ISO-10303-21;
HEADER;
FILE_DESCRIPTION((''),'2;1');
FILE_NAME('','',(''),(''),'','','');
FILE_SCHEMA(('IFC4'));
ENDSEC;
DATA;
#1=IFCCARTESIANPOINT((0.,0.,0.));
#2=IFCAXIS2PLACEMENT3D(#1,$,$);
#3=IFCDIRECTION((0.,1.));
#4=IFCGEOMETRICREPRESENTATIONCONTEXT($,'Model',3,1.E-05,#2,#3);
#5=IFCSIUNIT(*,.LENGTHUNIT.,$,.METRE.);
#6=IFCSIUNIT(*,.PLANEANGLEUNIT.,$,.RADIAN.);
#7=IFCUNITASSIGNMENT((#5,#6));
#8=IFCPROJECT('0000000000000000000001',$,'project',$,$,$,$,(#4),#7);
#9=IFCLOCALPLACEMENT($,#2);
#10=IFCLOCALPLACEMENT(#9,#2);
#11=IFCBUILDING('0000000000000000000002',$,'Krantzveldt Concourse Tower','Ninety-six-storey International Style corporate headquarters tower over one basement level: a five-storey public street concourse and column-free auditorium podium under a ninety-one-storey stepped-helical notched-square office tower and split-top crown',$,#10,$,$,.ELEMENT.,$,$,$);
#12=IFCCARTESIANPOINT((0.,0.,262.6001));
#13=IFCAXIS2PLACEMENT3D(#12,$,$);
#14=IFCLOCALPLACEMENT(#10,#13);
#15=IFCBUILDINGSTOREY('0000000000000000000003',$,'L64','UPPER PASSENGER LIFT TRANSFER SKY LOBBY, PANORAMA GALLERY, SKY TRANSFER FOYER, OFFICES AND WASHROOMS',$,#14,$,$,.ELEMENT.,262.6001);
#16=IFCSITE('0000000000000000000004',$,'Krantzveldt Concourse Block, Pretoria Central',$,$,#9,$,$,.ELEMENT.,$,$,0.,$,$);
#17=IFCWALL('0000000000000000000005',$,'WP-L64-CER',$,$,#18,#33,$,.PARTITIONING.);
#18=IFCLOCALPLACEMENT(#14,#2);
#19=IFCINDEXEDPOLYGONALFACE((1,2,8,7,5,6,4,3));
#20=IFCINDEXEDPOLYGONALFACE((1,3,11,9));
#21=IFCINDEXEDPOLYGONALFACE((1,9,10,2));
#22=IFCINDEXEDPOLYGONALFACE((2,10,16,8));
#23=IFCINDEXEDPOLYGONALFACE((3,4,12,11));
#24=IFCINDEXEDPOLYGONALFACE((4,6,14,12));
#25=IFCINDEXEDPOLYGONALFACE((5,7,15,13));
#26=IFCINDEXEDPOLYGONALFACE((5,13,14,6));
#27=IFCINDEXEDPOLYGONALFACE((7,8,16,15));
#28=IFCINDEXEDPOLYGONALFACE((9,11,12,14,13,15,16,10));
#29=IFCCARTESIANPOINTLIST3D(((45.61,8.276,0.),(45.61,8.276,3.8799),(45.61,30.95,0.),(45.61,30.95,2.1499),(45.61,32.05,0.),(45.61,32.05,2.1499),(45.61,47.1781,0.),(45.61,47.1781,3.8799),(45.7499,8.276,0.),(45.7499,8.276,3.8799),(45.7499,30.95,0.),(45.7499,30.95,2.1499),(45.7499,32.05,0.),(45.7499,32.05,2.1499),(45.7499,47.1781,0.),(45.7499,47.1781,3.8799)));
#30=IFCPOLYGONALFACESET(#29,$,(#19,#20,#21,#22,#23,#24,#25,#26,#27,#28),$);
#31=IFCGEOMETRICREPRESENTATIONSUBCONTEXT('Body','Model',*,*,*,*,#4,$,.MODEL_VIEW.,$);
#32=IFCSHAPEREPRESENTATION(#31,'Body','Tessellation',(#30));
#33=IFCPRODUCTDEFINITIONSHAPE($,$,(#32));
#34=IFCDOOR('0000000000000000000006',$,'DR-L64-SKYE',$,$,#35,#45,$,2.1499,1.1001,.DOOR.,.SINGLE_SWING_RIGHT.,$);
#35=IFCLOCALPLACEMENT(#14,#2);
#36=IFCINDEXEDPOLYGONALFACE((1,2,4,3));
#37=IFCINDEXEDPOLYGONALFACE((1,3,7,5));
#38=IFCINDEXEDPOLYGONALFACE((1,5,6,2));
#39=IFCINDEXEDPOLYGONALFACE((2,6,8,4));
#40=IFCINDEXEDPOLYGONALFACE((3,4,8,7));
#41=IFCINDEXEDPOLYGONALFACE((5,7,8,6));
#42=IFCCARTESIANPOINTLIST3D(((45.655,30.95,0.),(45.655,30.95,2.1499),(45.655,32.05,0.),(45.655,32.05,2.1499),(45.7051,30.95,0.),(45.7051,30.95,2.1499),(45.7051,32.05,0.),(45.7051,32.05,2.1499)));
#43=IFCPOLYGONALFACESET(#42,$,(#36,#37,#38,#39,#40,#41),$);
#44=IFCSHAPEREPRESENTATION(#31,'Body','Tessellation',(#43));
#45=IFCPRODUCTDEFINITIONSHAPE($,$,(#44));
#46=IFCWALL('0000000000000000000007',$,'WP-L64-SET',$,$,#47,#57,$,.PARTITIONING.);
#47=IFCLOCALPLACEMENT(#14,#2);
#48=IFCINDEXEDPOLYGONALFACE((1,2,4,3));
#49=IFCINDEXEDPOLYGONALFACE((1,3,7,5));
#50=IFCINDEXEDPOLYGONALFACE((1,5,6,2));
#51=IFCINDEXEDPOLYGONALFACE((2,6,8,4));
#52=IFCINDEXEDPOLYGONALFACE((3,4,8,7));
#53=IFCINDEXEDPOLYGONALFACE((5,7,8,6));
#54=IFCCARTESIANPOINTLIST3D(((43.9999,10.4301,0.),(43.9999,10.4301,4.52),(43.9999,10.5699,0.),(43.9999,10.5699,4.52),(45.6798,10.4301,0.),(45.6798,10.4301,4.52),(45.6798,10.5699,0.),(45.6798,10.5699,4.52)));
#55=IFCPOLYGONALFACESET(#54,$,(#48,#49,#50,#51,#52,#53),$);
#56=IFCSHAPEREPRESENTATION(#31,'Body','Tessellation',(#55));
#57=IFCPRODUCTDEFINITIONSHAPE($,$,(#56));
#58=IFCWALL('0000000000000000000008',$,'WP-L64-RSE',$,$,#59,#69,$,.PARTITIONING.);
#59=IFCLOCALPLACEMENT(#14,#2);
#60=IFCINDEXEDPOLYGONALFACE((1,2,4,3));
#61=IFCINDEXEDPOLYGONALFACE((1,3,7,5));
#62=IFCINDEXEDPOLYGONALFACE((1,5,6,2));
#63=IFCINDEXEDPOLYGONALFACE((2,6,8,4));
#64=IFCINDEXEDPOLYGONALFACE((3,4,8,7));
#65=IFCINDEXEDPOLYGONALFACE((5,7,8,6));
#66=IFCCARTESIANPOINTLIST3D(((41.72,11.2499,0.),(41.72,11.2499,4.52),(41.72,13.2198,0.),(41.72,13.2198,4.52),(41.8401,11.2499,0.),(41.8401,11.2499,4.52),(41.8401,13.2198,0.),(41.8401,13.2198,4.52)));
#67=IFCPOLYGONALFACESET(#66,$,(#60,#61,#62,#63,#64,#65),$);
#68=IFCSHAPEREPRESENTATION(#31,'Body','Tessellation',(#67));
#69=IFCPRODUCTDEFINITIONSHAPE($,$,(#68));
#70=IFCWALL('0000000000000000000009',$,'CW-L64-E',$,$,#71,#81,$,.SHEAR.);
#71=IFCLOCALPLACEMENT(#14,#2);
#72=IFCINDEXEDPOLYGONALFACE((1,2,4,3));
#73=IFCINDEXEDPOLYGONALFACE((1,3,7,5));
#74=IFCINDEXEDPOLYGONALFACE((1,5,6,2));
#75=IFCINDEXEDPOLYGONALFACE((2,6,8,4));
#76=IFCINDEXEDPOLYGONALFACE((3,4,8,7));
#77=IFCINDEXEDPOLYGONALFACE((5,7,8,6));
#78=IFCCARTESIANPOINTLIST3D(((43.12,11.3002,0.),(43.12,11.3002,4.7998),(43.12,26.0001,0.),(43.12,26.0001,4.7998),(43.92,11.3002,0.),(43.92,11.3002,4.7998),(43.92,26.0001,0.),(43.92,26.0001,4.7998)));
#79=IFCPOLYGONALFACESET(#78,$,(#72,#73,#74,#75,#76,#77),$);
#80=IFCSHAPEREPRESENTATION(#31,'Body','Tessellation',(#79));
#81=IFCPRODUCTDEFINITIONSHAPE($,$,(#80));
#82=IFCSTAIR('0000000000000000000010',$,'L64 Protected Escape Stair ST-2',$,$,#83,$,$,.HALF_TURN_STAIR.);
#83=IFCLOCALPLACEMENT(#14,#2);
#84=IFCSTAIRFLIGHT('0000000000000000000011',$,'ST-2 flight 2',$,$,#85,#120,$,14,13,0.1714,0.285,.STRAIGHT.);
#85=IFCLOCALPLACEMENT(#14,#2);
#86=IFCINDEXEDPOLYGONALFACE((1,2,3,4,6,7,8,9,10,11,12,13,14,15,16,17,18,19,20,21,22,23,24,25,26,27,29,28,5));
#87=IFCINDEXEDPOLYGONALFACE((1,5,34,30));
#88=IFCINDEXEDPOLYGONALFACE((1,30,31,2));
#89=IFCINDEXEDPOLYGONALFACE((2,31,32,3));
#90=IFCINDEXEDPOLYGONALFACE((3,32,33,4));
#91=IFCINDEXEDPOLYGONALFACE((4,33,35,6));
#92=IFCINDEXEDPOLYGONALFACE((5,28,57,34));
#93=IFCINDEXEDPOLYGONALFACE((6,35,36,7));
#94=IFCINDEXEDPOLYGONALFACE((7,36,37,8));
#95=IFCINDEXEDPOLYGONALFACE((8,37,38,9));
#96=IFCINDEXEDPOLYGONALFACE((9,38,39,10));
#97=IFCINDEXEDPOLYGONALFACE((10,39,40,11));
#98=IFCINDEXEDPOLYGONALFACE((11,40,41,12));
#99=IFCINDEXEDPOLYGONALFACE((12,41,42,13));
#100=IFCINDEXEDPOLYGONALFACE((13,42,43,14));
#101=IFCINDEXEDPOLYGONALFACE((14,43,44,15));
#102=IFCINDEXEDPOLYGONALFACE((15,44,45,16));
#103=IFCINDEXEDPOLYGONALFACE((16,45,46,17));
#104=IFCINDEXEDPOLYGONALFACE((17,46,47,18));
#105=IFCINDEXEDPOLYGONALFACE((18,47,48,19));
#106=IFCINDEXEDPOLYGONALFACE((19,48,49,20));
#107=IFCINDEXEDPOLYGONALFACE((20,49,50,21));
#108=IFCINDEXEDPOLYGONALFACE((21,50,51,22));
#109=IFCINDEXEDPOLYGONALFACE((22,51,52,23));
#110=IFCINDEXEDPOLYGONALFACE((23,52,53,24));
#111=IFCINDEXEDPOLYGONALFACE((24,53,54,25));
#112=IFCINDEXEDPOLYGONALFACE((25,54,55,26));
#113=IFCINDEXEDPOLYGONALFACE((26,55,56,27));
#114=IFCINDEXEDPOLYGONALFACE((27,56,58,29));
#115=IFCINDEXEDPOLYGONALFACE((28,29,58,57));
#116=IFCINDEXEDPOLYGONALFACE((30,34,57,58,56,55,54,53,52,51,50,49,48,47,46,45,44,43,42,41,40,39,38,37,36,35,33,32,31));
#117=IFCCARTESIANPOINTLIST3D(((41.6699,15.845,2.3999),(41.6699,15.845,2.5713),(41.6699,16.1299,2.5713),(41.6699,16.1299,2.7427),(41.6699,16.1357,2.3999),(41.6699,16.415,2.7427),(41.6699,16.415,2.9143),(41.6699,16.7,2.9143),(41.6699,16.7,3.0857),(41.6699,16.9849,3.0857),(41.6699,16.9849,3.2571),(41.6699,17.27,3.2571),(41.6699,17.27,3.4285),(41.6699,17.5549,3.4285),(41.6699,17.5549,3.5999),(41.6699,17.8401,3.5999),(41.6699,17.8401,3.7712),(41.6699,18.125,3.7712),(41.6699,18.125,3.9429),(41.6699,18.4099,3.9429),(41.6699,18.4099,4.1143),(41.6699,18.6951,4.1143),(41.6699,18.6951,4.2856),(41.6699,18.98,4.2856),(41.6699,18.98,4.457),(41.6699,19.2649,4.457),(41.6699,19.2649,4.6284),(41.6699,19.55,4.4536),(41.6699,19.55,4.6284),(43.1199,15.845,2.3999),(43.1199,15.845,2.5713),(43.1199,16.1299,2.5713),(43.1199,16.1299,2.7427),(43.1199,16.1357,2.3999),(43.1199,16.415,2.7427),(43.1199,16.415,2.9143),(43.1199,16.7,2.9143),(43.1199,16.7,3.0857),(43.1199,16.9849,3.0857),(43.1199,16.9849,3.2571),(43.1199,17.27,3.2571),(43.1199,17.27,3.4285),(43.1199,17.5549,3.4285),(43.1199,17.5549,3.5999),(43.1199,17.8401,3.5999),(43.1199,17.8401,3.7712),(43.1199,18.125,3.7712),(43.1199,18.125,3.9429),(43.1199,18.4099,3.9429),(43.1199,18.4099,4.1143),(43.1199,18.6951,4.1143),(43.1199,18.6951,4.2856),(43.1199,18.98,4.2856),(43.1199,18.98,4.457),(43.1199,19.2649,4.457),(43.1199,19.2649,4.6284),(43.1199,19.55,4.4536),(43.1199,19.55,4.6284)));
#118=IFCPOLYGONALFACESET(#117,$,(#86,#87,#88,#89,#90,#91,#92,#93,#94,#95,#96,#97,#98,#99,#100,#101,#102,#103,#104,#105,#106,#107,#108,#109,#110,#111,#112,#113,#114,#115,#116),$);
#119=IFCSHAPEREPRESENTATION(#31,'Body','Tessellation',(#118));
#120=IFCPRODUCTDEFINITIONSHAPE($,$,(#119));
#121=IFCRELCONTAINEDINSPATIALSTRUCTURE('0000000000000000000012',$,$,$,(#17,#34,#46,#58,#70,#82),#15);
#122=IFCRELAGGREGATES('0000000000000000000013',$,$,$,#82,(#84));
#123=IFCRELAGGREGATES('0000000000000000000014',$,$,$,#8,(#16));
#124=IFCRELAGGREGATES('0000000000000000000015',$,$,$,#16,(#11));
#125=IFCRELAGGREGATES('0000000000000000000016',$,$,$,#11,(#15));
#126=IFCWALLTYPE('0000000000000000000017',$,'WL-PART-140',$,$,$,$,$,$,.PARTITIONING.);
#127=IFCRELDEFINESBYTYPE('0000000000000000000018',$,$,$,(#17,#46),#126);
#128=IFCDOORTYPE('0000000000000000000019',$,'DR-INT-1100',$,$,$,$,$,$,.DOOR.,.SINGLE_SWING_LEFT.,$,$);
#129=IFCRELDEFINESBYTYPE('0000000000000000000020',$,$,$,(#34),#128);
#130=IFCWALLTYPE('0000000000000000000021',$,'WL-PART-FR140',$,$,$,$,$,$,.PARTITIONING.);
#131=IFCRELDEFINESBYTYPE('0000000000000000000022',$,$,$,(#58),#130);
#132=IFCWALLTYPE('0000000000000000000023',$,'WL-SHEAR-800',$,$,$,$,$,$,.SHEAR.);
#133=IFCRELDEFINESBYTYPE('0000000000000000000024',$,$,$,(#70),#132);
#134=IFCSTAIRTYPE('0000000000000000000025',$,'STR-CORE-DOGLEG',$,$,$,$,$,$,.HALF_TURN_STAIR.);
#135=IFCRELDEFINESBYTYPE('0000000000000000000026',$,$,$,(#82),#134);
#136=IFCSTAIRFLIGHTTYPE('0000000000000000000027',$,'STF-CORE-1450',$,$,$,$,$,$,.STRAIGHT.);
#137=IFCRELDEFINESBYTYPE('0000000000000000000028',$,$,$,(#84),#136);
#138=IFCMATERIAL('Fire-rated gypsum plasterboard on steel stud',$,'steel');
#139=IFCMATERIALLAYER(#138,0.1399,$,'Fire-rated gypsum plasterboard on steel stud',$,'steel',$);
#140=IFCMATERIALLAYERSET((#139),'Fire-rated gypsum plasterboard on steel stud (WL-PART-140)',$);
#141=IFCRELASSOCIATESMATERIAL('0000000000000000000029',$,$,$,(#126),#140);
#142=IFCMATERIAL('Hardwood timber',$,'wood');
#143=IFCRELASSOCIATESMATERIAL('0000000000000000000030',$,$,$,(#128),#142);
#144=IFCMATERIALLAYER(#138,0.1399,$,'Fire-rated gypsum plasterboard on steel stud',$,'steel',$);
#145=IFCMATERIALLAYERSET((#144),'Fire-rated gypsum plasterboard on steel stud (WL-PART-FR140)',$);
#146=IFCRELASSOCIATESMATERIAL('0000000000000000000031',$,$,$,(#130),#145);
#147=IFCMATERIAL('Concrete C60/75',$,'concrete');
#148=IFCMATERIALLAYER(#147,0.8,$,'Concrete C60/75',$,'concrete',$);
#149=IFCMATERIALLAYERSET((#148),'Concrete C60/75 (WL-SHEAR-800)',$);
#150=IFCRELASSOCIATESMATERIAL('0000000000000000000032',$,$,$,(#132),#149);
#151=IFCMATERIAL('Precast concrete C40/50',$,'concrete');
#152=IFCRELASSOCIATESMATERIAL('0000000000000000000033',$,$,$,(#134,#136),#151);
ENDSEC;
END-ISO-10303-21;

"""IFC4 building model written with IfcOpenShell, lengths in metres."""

from ifc_helpers import new_model, si_unit, direction, frame, frame_2d, origin, place, context, subcontext, project, spatial, polyline, rectangle, outline, extrude, material, layer, layer_set, type_object, element, fill, aggregate, save


model = new_model("IFC4")

# Units and contexts
model_context = context("Model", 3, precision=1e-05, world=origin(), true_north=direction((0.0, 1.0)))
body_context = subcontext(model_context, "Body", "Model", "MODEL_VIEW")
ifc_project = project(units=[si_unit("LENGTHUNIT", "METRE"), si_unit("PLANEANGLEUNIT", "RADIAN")], contexts=[model_context])

# Site, building, storey
site_placement = place(None, origin())
site = spatial("IfcSite", under=ifc_project, at=site_placement, Name="Krantzveldt Concourse Block, Pretoria Central", CompositionType="ELEMENT", RefElevation=0.0)
building_placement = place(site_placement, origin())
building = spatial("IfcBuilding", under=site, at=building_placement, Name="Krantzveldt Concourse Tower", Description="Ninety-six-storey International Style corporate headquarters tower over one basement level: a five-storey public street concourse and column-free auditorium podium under a ninety-one-storey stepped-helical notched-square office tower and split-top crown", CompositionType="ELEMENT")
storey_placement = place(building_placement, frame((0.0, 0.0, 262.6001)))
storey = spatial("IfcBuildingStorey", under=building, at=storey_placement, Name="L64", Description="UPPER PASSENGER LIFT TRANSFER SKY LOBBY, PANORAMA GALLERY, SKY TRANSFER FOYER, OFFICES AND WASHROOMS", CompositionType="ELEMENT", Elevation=262.6001)

# Wall, opening, door
ifc_material_1 = material(Name="Fire-rated gypsum plasterboard on steel stud", Category="steel")
ifc_layer_1 = layer(ifc_material_1, 0.1399, Name="Fire-rated gypsum plasterboard on steel stud", Category="steel")
ifc_layer_set_1 = layer_set([ifc_layer_1], Name="Fire-rated gypsum plasterboard on steel stud (WL-PART-140)")
wall_type_1 = type_object("IfcWallType", Name="WL-PART-140", PredefinedType="PARTITIONING", material=ifc_layer_set_1)
wall_1_placement = place(storey_placement, frame((45.6799, 8.2759, 0.0), z_axis=(0.0, 0.0, 1.0), x_axis=(0.0, 1.0, 0.0)))
wall_1 = element("IfcWall", 1, at=wall_1_placement, inside=storey, type_object=wall_type_1, Name="WP-L64-CER", PredefinedType="PARTITIONING", context=body_context, shape_type="SweptSolid", body=[
    extrude(rectangle(XDim=38.9021, YDim=0.1399, at=frame_2d((19.4512, 0.0))), origin(), (0.0, 0.0, 1.0), 3.8799),
])
opening_placement = place(wall_1_placement, frame((22.6741, 0.0, 0.0)))
opening = element("IfcOpeningElement", 2, at=opening_placement, cuts=wall_1, PredefinedType="OPENING", context=body_context, shape_type="SweptSolid", body=[
    extrude(rectangle(XDim=1.1001, YDim=2.1499, at=frame_2d((0.55, 1.075))), frame((0.0, 0.0801, 0.0), z_axis=(0.0, -1.0, 0.0), x_axis=(1.0, 0.0, 0.0)), (0.0, 0.0, 1.0), 0.1599),
])
ifc_material_2 = material(Name="Hardwood timber", Category="wood")
door_type = type_object("IfcDoorType", Name="DR-INT-1100", OperationType="SINGLE_SWING_LEFT", PredefinedType="DOOR", material=ifc_material_2)
door_placement = place(opening_placement, origin())
door = element("IfcDoor", 3, at=door_placement, inside=storey, type_object=door_type, Name="DR-L64-SKYE", OperationType="SINGLE_SWING_RIGHT", OverallHeight=2.1499, OverallWidth=1.1001, PredefinedType="DOOR", context=body_context, shape_type="SweptSolid", body=[
    extrude(rectangle(XDim=1.1001, YDim=2.1499, at=frame_2d((0.55, 1.075))), frame((0.0, 0.0249, 0.0), z_axis=(0.0, -1.0, 0.0), x_axis=(1.0, 0.0, 0.0)), (0.0, 0.0, 1.0), 0.05),
])
fill(opening, door)

# Walls
wall_2_placement = place(storey_placement, frame((44.0, 10.5, 0.0), z_axis=(0.0, 0.0, 1.0), x_axis=(1.0, 0.0, 0.0)))
element("IfcWall", 4, at=wall_2_placement, inside=storey, type_object=wall_type_1, Name="WP-L64-SET", PredefinedType="PARTITIONING", context=body_context, shape_type="SweptSolid", body=[
    extrude(rectangle(XDim=1.6799, YDim=0.1399, at=frame_2d((0.8398, 0.0))), origin(), (0.0, 0.0, 1.0), 4.52),
])
ifc_layer_2 = layer(ifc_material_1, 0.1399, Name="Fire-rated gypsum plasterboard on steel stud", Category="steel")
ifc_layer_set_2 = layer_set([ifc_layer_2], Name="Fire-rated gypsum plasterboard on steel stud (WL-PART-FR140)")
wall_type_2 = type_object("IfcWallType", Name="WL-PART-FR140", PredefinedType="PARTITIONING", material=ifc_layer_set_2)
wall_3_placement = place(storey_placement, frame((41.78, 11.25, 0.0), z_axis=(0.0, 0.0, 1.0), x_axis=(0.0, 1.0, 0.0)))
element("IfcWall", 5, at=wall_3_placement, inside=storey, type_object=wall_type_2, Name="WP-L64-RSE", PredefinedType="PARTITIONING", context=body_context, shape_type="SweptSolid", body=[
    extrude(rectangle(XDim=1.97, YDim=0.1201, at=frame_2d((0.9849, 0.0))), origin(), (0.0, 0.0, 1.0), 4.52),
])
ifc_material_3 = material(Name="Concrete C60/75", Category="concrete")
ifc_layer_3 = layer(ifc_material_3, 0.8, Name="Concrete C60/75", Category="concrete")
ifc_layer_set_3 = layer_set([ifc_layer_3], Name="Concrete C60/75 (WL-SHEAR-800)")
wall_type_3 = type_object("IfcWallType", Name="WL-SHEAR-800", PredefinedType="SHEAR", material=ifc_layer_set_3)
wall_4_placement = place(storey_placement, frame((43.52, 11.3, 0.0), z_axis=(0.0, 0.0, 1.0), x_axis=(0.0, 1.0, 0.0)))
element("IfcWall", 6, at=wall_4_placement, inside=storey, type_object=wall_type_3, Name="CW-L64-E", PredefinedType="SHEAR", context=body_context, shape_type="SweptSolid", body=[
    extrude(rectangle(XDim=14.7, YDim=0.8, at=frame_2d((7.3501, 0.0))), origin(), (0.0, 0.0, 1.0), 4.7998),
])

# Stair, stair flight
ifc_material_4 = material(Name="Precast concrete C40/50", Category="concrete")
stair_type = type_object("IfcStairType", Name="STR-CORE-DOGLEG", PredefinedType="HALF_TURN_STAIR", material=ifc_material_4)
stair_placement = place(storey_placement, origin())
stair = element("IfcStair", 7, at=stair_placement, inside=storey, type_object=stair_type, Name="L64 Protected Escape Stair ST-2", PredefinedType="HALF_TURN_STAIR")
stair_flight_type = type_object("IfcStairFlightType", Name="STF-CORE-1450", PredefinedType="STRAIGHT", material=ifc_material_4)
stair_flight_placement = place(storey_placement, frame((42.395, 15.845, 2.3999), z_axis=(0.0, 0.0, 1.0), x_axis=(0.0, 1.0, 0.0)))
stair_flight = element("IfcStairFlight", 8, at=stair_flight_placement, type_object=stair_flight_type, Name="ST-2 flight 2", NumberOfRisers=14, NumberOfTreads=13, PredefinedType="STRAIGHT", RiserHeight=0.1714, TreadLength=0.285, context=body_context, shape_type="SweptSolid", body=[
    extrude(outline(polyline([(0.0, 0.0), (0.0, 0.1714), (0.2849, 0.1714), (0.2849, 0.3428), (0.5701, 0.3428), (0.5701, 0.5144), (0.855, 0.5144), (0.855, 0.6858), (1.1399, 0.6858), (1.1399, 0.8572), (1.425, 0.8572), (1.425, 1.0286), (1.71, 1.0286), (1.71, 1.2), (1.9951, 1.2), (1.9951, 1.3713), (2.28, 1.3713), (2.28, 1.543), (2.5649, 1.543), (2.5649, 1.7144), (2.8501, 1.7144), (2.8501, 1.8857), (3.135, 1.8857), (3.135, 2.0571), (3.4199, 2.0571), (3.4199, 2.2285), (3.7051, 2.2285), (3.7051, 2.3999), (3.7051, 2.0537), (0.2908, 0.0), (0.0, 0.0)])), frame((0.0, 0.7251, 0.0), z_axis=(0.0, -1.0, 0.0), x_axis=(1.0, 0.0, 0.0)), (0.0, 0.0, 1.0), 1.45),
])
aggregate(stair, [stair_flight])

save(model, "model.ifc")
